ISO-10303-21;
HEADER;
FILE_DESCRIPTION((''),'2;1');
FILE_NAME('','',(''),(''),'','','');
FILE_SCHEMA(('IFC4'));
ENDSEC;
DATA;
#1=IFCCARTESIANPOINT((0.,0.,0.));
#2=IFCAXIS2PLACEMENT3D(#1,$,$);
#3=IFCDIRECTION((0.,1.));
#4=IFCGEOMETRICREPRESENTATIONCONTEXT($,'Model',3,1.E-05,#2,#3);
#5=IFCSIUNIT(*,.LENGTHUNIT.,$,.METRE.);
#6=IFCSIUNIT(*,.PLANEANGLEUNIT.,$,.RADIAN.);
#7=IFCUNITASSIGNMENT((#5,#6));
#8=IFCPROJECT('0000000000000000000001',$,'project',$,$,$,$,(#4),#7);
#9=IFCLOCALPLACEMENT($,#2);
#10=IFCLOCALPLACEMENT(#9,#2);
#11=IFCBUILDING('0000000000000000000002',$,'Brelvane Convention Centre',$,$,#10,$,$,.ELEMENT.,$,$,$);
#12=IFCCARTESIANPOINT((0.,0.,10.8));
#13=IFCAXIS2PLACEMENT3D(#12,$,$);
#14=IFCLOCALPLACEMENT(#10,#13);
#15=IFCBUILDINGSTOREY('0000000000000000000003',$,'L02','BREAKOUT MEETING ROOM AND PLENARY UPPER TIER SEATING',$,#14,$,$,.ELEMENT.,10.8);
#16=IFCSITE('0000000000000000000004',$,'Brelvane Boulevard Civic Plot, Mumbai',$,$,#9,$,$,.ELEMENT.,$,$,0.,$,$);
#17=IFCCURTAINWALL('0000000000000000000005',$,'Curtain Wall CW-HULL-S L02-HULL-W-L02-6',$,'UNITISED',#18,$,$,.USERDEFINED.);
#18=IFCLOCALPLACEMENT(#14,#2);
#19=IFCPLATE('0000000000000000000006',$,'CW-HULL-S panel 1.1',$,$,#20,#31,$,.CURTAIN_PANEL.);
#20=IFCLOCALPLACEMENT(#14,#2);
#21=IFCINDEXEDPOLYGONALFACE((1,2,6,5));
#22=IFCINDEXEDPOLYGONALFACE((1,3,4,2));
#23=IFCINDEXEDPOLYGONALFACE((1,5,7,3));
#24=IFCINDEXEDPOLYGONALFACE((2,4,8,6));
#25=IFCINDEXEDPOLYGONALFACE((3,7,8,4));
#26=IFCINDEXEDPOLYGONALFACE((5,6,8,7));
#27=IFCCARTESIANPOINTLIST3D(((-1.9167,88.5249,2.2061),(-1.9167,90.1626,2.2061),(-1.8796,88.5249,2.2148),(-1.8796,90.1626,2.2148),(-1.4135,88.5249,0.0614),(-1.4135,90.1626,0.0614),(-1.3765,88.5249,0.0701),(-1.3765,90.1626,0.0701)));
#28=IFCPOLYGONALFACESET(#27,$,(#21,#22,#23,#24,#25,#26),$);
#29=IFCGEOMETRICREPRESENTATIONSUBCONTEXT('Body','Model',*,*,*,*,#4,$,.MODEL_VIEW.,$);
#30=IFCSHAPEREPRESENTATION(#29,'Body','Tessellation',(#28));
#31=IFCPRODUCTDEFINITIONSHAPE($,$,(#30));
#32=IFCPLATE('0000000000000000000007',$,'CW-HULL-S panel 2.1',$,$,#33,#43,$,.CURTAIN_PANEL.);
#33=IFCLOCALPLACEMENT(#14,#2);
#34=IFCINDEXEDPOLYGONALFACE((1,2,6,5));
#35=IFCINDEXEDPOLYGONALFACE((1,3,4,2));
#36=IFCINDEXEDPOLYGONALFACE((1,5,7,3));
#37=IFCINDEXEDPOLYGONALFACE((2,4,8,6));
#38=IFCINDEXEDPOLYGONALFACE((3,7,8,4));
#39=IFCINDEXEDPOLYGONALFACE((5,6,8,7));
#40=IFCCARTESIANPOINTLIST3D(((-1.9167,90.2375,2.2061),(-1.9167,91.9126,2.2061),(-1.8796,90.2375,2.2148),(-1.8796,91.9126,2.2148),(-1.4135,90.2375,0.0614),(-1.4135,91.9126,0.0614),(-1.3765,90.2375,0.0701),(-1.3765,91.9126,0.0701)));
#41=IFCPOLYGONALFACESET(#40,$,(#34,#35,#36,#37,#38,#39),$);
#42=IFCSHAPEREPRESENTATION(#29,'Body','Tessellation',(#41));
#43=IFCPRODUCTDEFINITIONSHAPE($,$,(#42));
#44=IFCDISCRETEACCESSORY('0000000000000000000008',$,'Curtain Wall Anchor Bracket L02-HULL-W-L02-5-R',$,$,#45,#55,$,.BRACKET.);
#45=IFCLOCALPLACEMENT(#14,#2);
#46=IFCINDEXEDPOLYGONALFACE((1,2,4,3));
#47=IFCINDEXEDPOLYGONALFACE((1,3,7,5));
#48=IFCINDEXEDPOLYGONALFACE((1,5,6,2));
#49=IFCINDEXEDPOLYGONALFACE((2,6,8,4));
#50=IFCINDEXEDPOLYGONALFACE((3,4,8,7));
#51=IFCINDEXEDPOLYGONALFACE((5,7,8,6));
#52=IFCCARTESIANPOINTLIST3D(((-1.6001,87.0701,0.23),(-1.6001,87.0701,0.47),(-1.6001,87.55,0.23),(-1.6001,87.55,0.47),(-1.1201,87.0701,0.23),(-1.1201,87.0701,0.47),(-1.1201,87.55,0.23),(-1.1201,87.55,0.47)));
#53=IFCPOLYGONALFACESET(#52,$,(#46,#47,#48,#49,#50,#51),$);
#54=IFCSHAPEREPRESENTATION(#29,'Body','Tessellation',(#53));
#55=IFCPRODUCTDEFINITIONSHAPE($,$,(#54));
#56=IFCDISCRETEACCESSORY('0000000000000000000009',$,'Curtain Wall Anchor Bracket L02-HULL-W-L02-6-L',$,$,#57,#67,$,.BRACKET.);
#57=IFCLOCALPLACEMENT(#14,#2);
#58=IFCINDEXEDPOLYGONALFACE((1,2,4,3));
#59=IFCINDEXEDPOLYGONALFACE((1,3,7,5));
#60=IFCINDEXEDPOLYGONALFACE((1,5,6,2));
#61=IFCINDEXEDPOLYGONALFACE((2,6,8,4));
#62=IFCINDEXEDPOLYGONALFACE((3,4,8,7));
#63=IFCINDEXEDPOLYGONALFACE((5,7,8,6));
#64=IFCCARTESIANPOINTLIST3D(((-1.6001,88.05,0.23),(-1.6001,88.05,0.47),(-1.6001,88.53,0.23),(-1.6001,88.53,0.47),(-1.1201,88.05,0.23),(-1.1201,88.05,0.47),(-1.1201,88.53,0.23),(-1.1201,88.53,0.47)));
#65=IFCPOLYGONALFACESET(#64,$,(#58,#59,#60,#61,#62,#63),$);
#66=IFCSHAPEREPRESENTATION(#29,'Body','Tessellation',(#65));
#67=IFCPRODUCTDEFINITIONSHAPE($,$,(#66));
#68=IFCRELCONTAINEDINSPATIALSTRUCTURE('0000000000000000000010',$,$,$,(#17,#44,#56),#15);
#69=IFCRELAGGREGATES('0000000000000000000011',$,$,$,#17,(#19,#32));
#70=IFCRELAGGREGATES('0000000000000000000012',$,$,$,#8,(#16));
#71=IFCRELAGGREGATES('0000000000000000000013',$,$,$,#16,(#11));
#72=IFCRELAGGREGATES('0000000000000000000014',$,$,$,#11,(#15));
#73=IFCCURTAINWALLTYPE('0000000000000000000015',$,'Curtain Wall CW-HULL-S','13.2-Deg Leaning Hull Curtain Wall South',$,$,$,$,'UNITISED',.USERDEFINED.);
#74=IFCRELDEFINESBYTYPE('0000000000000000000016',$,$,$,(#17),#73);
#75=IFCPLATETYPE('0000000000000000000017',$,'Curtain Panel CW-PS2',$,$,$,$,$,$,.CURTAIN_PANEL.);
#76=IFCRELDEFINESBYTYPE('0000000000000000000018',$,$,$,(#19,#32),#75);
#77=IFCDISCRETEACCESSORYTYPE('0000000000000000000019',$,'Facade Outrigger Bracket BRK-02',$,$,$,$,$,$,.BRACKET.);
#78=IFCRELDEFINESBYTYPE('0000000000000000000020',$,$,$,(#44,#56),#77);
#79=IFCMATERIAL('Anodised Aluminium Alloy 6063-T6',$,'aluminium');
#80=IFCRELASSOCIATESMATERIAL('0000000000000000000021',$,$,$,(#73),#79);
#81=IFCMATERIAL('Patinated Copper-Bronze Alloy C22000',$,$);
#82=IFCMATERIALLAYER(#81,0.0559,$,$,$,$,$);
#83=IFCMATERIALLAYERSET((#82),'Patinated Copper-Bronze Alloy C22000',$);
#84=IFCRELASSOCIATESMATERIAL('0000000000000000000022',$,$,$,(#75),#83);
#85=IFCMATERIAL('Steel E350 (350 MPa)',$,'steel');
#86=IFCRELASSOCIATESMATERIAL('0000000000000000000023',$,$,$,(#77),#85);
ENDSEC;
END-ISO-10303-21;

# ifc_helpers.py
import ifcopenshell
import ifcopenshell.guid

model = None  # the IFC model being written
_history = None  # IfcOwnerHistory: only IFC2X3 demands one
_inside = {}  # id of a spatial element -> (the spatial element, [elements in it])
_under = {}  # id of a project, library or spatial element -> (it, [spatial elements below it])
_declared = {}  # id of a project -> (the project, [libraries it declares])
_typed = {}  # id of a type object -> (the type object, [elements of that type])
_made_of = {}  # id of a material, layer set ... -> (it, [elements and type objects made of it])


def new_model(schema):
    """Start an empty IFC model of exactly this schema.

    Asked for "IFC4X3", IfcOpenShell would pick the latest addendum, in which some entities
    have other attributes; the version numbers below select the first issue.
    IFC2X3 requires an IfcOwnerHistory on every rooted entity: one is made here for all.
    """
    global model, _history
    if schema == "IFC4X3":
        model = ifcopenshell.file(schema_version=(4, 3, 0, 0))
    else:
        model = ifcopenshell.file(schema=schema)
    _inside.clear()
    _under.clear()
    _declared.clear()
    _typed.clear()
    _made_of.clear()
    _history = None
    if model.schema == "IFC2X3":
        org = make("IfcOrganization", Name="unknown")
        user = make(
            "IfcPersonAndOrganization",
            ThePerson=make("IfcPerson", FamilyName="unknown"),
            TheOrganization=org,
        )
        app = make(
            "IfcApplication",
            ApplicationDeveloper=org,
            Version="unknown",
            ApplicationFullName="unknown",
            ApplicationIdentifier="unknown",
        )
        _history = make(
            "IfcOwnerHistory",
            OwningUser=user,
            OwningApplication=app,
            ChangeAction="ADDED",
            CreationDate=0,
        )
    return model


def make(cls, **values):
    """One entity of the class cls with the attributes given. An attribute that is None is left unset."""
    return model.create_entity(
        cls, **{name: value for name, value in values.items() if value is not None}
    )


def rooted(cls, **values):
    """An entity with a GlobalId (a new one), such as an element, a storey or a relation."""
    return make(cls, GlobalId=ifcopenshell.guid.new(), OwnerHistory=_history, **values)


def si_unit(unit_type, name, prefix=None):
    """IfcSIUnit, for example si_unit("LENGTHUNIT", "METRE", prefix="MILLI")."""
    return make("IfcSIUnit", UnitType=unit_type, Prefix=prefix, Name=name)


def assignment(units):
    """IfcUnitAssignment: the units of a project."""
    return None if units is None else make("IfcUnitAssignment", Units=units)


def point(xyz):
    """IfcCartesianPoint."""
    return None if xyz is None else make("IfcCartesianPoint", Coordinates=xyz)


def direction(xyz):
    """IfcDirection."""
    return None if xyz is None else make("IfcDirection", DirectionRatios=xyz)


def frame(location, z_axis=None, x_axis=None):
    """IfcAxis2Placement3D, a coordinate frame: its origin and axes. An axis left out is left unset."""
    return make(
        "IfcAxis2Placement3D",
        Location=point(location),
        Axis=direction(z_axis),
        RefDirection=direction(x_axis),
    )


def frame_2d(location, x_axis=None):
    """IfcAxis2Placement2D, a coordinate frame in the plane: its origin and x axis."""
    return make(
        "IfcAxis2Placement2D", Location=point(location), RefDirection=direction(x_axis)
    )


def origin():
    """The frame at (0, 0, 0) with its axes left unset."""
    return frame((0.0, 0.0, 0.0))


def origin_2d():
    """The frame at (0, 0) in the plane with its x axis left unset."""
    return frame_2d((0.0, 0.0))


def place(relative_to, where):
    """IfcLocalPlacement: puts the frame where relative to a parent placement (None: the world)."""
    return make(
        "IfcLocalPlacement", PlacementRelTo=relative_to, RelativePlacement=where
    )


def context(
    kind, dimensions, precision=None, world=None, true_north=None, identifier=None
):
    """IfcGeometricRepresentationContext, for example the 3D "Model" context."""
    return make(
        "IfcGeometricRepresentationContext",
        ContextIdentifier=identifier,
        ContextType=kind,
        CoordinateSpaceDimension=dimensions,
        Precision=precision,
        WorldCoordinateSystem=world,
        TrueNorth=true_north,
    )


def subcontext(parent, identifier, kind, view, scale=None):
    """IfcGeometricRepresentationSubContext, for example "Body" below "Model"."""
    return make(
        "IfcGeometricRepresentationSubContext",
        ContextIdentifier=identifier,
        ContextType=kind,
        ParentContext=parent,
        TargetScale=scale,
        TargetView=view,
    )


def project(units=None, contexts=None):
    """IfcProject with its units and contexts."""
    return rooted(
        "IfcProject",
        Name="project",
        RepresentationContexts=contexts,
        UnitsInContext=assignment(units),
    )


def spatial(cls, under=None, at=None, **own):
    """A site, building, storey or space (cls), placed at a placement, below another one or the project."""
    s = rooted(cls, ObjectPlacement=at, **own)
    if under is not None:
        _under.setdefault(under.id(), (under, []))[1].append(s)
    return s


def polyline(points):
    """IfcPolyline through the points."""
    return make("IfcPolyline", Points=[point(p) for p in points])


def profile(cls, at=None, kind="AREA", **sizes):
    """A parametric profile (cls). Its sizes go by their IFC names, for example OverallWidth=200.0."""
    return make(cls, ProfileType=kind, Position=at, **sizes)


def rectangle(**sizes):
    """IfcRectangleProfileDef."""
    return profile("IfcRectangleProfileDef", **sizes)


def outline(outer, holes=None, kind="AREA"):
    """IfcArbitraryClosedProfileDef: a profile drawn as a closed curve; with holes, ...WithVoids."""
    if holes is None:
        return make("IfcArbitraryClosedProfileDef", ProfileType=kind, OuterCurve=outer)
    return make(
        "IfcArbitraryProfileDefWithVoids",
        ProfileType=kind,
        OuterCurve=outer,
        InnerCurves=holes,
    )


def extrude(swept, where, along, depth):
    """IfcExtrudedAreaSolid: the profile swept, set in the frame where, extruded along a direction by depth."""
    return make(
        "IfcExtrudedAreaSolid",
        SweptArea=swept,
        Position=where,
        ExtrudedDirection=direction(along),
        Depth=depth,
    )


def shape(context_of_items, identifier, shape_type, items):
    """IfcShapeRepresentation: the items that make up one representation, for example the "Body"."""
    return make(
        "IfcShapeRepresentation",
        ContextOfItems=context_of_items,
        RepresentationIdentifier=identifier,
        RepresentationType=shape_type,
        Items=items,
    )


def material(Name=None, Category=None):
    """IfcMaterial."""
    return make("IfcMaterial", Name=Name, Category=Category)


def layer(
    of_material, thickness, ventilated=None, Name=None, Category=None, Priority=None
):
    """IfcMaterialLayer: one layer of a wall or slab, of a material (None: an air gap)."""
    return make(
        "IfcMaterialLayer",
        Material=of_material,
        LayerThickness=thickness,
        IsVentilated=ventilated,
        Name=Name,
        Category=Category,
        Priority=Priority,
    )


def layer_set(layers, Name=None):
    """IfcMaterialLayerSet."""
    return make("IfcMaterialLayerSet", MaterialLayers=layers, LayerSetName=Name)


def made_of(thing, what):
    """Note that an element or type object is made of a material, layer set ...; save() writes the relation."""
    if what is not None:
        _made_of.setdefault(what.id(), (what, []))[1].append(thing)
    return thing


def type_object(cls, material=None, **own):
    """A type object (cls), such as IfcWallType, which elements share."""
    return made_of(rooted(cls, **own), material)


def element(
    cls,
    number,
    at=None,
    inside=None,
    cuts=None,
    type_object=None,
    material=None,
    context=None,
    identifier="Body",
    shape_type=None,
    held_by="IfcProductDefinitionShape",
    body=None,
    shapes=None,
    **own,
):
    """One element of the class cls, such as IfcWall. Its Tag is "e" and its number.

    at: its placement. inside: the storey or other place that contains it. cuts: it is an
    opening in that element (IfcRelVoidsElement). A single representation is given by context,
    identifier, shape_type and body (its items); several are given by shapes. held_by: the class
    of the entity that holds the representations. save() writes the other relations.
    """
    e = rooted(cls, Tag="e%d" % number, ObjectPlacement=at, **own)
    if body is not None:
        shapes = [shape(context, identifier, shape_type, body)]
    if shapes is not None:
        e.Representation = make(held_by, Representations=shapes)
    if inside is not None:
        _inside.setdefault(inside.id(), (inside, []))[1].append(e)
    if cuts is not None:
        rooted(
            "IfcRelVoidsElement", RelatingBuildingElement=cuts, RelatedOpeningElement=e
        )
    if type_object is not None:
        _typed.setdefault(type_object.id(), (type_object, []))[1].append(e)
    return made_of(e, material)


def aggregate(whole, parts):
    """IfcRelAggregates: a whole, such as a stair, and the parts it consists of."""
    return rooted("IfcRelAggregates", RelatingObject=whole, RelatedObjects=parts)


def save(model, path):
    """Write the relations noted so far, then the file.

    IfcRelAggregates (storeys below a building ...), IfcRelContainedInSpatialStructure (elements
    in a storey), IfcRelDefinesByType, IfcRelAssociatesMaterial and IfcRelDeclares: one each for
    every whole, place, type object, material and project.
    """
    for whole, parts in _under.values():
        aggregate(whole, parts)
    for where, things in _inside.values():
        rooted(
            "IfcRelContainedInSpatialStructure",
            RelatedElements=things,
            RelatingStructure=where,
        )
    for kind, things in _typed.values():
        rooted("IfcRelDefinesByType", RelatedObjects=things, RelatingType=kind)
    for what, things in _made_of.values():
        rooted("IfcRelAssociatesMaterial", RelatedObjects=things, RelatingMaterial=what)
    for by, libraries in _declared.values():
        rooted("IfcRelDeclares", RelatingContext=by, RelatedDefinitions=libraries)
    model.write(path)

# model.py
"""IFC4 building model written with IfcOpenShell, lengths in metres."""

from ifc_helpers import new_model, si_unit, direction, frame, origin, origin_2d, place, context, subcontext, project, spatial, polyline, rectangle, outline, extrude, material, layer, layer_set, type_object, element, aggregate, save


model = new_model("IFC4")

# Units and contexts
model_context = context("Model", 3, precision=1e-05, world=origin(), true_north=direction((0.0, 1.0)))
body_context = subcontext(model_context, "Body", "Model", "MODEL_VIEW")
ifc_project = project(units=[si_unit("LENGTHUNIT", "METRE"), si_unit("PLANEANGLEUNIT", "RADIAN")], contexts=[model_context])

# Site, building, storey
site_placement = place(None, origin())
site = spatial("IfcSite", under=ifc_project, at=site_placement, Name="Brelvane Boulevard Civic Plot, Mumbai", CompositionType="ELEMENT", RefElevation=0.0)
building_placement = place(site_placement, origin())
building = spatial("IfcBuilding", under=site, at=building_placement, Name="Brelvane Convention Centre", CompositionType="ELEMENT")
storey_placement = place(building_placement, frame((0.0, 0.0, 10.8)))
storey = spatial("IfcBuildingStorey", under=building, at=storey_placement, Name="L02", Description="BREAKOUT MEETING ROOM AND PLENARY UPPER TIER SEATING", CompositionType="ELEMENT", Elevation=10.8)

# Curtain wall
ifc_material_1 = material(Name="Anodised Aluminium Alloy 6063-T6", Category="aluminium")
curtain_wall_type = type_object("IfcCurtainWallType", Name="Curtain Wall CW-HULL-S", Description="13.2-Deg Leaning Hull Curtain Wall South", ElementType="UNITISED", PredefinedType="USERDEFINED", material=ifc_material_1)
curtain_wall_1_placement = place(storey_placement, origin())
curtain_wall_1 = element("IfcCurtainWall", 1, at=curtain_wall_1_placement, inside=storey, type_object=curtain_wall_type, Name="Curtain Wall CW-HULL-S L02-HULL-W-L02-6", ObjectType="UNITISED", PredefinedType="USERDEFINED")

# Plates
ifc_material_2 = material(Name="Patinated Copper-Bronze Alloy C22000")
ifc_layer_1 = layer(ifc_material_2, 0.0559)
ifc_layer_set_1 = layer_set([ifc_layer_1], Name="Patinated Copper-Bronze Alloy C22000")
plate_type_1 = type_object("IfcPlateType", Name="Curtain Panel CW-PS2", PredefinedType="CURTAIN_PANEL", material=ifc_layer_set_1)
plate_1_placement = place(storey_placement, frame((-1.3765, 88.5249, 0.0701), z_axis=(0.973567, 0.0, 0.228403), x_axis=(0.0, 1.0, 0.0)))
plate_1 = element("IfcPlate", 2, at=plate_1_placement, type_object=plate_type_1, Name="CW-HULL-S panel 1.1", PredefinedType="CURTAIN_PANEL", context=body_context, shape_type="SweptSolid", body=[
    extrude(outline(polyline([(0.0, 0.0), (1.6377, 0.0), (1.6377, 2.203), (0.0, 2.203), (0.0, 0.0)])), origin(), (0.0, 0.0, -1.0), 0.0381),
])
plate_2_placement = place(storey_placement, frame((-1.3765, 90.2375, 0.0701), z_axis=(0.973567, 0.0, 0.228403), x_axis=(0.0, 1.0, 0.0)))
plate_2 = element("IfcPlate", 3, at=plate_2_placement, type_object=plate_type_1, Name="CW-HULL-S panel 2.1", PredefinedType="CURTAIN_PANEL", context=body_context, shape_type="SweptSolid", body=[
    extrude(outline(polyline([(0.0, 0.0), (1.675, 0.0), (1.675, 2.203), (0.0, 2.203), (0.0, 0.0)])), origin(), (0.0, 0.0, -1.0), 0.0381),
])
aggregate(curtain_wall_1, [plate_1, plate_2])

# Discrete accessories
ifc_material_3 = material(Name="Steel E350 (350 MPa)", Category="steel")
discrete_accessory_type = type_object("IfcDiscreteAccessoryType", Name="Facade Outrigger Bracket BRK-02", PredefinedType="BRACKET", material=ifc_material_3)
for number, where, z_axis, x_axis, name in (
    (4, (-1.3601, 87.3101, 0.23), (0.0, 0.0, 1.0), (1.0, 0.0, 0.0), "Curtain Wall Anchor Bracket L02-HULL-W-L02-5-R"),
    (5, (-1.3601, 88.29, 0.23), (0.0, 0.0, 1.0), (1.0, 0.0, 0.0), "Curtain Wall Anchor Bracket L02-HULL-W-L02-6-L"),
):
    element("IfcDiscreteAccessory", number, at=place(storey_placement, frame(where, z_axis=z_axis, x_axis=x_axis)), inside=storey, type_object=discrete_accessory_type, Name=name, PredefinedType="BRACKET", context=body_context, shape_type="SweptSolid", body=[
        extrude(rectangle(XDim=0.48, YDim=0.48, at=origin_2d()), origin(), (0.0, 0.0, 1.0), 0.24),
    ])

save(model, "model.ifc")
